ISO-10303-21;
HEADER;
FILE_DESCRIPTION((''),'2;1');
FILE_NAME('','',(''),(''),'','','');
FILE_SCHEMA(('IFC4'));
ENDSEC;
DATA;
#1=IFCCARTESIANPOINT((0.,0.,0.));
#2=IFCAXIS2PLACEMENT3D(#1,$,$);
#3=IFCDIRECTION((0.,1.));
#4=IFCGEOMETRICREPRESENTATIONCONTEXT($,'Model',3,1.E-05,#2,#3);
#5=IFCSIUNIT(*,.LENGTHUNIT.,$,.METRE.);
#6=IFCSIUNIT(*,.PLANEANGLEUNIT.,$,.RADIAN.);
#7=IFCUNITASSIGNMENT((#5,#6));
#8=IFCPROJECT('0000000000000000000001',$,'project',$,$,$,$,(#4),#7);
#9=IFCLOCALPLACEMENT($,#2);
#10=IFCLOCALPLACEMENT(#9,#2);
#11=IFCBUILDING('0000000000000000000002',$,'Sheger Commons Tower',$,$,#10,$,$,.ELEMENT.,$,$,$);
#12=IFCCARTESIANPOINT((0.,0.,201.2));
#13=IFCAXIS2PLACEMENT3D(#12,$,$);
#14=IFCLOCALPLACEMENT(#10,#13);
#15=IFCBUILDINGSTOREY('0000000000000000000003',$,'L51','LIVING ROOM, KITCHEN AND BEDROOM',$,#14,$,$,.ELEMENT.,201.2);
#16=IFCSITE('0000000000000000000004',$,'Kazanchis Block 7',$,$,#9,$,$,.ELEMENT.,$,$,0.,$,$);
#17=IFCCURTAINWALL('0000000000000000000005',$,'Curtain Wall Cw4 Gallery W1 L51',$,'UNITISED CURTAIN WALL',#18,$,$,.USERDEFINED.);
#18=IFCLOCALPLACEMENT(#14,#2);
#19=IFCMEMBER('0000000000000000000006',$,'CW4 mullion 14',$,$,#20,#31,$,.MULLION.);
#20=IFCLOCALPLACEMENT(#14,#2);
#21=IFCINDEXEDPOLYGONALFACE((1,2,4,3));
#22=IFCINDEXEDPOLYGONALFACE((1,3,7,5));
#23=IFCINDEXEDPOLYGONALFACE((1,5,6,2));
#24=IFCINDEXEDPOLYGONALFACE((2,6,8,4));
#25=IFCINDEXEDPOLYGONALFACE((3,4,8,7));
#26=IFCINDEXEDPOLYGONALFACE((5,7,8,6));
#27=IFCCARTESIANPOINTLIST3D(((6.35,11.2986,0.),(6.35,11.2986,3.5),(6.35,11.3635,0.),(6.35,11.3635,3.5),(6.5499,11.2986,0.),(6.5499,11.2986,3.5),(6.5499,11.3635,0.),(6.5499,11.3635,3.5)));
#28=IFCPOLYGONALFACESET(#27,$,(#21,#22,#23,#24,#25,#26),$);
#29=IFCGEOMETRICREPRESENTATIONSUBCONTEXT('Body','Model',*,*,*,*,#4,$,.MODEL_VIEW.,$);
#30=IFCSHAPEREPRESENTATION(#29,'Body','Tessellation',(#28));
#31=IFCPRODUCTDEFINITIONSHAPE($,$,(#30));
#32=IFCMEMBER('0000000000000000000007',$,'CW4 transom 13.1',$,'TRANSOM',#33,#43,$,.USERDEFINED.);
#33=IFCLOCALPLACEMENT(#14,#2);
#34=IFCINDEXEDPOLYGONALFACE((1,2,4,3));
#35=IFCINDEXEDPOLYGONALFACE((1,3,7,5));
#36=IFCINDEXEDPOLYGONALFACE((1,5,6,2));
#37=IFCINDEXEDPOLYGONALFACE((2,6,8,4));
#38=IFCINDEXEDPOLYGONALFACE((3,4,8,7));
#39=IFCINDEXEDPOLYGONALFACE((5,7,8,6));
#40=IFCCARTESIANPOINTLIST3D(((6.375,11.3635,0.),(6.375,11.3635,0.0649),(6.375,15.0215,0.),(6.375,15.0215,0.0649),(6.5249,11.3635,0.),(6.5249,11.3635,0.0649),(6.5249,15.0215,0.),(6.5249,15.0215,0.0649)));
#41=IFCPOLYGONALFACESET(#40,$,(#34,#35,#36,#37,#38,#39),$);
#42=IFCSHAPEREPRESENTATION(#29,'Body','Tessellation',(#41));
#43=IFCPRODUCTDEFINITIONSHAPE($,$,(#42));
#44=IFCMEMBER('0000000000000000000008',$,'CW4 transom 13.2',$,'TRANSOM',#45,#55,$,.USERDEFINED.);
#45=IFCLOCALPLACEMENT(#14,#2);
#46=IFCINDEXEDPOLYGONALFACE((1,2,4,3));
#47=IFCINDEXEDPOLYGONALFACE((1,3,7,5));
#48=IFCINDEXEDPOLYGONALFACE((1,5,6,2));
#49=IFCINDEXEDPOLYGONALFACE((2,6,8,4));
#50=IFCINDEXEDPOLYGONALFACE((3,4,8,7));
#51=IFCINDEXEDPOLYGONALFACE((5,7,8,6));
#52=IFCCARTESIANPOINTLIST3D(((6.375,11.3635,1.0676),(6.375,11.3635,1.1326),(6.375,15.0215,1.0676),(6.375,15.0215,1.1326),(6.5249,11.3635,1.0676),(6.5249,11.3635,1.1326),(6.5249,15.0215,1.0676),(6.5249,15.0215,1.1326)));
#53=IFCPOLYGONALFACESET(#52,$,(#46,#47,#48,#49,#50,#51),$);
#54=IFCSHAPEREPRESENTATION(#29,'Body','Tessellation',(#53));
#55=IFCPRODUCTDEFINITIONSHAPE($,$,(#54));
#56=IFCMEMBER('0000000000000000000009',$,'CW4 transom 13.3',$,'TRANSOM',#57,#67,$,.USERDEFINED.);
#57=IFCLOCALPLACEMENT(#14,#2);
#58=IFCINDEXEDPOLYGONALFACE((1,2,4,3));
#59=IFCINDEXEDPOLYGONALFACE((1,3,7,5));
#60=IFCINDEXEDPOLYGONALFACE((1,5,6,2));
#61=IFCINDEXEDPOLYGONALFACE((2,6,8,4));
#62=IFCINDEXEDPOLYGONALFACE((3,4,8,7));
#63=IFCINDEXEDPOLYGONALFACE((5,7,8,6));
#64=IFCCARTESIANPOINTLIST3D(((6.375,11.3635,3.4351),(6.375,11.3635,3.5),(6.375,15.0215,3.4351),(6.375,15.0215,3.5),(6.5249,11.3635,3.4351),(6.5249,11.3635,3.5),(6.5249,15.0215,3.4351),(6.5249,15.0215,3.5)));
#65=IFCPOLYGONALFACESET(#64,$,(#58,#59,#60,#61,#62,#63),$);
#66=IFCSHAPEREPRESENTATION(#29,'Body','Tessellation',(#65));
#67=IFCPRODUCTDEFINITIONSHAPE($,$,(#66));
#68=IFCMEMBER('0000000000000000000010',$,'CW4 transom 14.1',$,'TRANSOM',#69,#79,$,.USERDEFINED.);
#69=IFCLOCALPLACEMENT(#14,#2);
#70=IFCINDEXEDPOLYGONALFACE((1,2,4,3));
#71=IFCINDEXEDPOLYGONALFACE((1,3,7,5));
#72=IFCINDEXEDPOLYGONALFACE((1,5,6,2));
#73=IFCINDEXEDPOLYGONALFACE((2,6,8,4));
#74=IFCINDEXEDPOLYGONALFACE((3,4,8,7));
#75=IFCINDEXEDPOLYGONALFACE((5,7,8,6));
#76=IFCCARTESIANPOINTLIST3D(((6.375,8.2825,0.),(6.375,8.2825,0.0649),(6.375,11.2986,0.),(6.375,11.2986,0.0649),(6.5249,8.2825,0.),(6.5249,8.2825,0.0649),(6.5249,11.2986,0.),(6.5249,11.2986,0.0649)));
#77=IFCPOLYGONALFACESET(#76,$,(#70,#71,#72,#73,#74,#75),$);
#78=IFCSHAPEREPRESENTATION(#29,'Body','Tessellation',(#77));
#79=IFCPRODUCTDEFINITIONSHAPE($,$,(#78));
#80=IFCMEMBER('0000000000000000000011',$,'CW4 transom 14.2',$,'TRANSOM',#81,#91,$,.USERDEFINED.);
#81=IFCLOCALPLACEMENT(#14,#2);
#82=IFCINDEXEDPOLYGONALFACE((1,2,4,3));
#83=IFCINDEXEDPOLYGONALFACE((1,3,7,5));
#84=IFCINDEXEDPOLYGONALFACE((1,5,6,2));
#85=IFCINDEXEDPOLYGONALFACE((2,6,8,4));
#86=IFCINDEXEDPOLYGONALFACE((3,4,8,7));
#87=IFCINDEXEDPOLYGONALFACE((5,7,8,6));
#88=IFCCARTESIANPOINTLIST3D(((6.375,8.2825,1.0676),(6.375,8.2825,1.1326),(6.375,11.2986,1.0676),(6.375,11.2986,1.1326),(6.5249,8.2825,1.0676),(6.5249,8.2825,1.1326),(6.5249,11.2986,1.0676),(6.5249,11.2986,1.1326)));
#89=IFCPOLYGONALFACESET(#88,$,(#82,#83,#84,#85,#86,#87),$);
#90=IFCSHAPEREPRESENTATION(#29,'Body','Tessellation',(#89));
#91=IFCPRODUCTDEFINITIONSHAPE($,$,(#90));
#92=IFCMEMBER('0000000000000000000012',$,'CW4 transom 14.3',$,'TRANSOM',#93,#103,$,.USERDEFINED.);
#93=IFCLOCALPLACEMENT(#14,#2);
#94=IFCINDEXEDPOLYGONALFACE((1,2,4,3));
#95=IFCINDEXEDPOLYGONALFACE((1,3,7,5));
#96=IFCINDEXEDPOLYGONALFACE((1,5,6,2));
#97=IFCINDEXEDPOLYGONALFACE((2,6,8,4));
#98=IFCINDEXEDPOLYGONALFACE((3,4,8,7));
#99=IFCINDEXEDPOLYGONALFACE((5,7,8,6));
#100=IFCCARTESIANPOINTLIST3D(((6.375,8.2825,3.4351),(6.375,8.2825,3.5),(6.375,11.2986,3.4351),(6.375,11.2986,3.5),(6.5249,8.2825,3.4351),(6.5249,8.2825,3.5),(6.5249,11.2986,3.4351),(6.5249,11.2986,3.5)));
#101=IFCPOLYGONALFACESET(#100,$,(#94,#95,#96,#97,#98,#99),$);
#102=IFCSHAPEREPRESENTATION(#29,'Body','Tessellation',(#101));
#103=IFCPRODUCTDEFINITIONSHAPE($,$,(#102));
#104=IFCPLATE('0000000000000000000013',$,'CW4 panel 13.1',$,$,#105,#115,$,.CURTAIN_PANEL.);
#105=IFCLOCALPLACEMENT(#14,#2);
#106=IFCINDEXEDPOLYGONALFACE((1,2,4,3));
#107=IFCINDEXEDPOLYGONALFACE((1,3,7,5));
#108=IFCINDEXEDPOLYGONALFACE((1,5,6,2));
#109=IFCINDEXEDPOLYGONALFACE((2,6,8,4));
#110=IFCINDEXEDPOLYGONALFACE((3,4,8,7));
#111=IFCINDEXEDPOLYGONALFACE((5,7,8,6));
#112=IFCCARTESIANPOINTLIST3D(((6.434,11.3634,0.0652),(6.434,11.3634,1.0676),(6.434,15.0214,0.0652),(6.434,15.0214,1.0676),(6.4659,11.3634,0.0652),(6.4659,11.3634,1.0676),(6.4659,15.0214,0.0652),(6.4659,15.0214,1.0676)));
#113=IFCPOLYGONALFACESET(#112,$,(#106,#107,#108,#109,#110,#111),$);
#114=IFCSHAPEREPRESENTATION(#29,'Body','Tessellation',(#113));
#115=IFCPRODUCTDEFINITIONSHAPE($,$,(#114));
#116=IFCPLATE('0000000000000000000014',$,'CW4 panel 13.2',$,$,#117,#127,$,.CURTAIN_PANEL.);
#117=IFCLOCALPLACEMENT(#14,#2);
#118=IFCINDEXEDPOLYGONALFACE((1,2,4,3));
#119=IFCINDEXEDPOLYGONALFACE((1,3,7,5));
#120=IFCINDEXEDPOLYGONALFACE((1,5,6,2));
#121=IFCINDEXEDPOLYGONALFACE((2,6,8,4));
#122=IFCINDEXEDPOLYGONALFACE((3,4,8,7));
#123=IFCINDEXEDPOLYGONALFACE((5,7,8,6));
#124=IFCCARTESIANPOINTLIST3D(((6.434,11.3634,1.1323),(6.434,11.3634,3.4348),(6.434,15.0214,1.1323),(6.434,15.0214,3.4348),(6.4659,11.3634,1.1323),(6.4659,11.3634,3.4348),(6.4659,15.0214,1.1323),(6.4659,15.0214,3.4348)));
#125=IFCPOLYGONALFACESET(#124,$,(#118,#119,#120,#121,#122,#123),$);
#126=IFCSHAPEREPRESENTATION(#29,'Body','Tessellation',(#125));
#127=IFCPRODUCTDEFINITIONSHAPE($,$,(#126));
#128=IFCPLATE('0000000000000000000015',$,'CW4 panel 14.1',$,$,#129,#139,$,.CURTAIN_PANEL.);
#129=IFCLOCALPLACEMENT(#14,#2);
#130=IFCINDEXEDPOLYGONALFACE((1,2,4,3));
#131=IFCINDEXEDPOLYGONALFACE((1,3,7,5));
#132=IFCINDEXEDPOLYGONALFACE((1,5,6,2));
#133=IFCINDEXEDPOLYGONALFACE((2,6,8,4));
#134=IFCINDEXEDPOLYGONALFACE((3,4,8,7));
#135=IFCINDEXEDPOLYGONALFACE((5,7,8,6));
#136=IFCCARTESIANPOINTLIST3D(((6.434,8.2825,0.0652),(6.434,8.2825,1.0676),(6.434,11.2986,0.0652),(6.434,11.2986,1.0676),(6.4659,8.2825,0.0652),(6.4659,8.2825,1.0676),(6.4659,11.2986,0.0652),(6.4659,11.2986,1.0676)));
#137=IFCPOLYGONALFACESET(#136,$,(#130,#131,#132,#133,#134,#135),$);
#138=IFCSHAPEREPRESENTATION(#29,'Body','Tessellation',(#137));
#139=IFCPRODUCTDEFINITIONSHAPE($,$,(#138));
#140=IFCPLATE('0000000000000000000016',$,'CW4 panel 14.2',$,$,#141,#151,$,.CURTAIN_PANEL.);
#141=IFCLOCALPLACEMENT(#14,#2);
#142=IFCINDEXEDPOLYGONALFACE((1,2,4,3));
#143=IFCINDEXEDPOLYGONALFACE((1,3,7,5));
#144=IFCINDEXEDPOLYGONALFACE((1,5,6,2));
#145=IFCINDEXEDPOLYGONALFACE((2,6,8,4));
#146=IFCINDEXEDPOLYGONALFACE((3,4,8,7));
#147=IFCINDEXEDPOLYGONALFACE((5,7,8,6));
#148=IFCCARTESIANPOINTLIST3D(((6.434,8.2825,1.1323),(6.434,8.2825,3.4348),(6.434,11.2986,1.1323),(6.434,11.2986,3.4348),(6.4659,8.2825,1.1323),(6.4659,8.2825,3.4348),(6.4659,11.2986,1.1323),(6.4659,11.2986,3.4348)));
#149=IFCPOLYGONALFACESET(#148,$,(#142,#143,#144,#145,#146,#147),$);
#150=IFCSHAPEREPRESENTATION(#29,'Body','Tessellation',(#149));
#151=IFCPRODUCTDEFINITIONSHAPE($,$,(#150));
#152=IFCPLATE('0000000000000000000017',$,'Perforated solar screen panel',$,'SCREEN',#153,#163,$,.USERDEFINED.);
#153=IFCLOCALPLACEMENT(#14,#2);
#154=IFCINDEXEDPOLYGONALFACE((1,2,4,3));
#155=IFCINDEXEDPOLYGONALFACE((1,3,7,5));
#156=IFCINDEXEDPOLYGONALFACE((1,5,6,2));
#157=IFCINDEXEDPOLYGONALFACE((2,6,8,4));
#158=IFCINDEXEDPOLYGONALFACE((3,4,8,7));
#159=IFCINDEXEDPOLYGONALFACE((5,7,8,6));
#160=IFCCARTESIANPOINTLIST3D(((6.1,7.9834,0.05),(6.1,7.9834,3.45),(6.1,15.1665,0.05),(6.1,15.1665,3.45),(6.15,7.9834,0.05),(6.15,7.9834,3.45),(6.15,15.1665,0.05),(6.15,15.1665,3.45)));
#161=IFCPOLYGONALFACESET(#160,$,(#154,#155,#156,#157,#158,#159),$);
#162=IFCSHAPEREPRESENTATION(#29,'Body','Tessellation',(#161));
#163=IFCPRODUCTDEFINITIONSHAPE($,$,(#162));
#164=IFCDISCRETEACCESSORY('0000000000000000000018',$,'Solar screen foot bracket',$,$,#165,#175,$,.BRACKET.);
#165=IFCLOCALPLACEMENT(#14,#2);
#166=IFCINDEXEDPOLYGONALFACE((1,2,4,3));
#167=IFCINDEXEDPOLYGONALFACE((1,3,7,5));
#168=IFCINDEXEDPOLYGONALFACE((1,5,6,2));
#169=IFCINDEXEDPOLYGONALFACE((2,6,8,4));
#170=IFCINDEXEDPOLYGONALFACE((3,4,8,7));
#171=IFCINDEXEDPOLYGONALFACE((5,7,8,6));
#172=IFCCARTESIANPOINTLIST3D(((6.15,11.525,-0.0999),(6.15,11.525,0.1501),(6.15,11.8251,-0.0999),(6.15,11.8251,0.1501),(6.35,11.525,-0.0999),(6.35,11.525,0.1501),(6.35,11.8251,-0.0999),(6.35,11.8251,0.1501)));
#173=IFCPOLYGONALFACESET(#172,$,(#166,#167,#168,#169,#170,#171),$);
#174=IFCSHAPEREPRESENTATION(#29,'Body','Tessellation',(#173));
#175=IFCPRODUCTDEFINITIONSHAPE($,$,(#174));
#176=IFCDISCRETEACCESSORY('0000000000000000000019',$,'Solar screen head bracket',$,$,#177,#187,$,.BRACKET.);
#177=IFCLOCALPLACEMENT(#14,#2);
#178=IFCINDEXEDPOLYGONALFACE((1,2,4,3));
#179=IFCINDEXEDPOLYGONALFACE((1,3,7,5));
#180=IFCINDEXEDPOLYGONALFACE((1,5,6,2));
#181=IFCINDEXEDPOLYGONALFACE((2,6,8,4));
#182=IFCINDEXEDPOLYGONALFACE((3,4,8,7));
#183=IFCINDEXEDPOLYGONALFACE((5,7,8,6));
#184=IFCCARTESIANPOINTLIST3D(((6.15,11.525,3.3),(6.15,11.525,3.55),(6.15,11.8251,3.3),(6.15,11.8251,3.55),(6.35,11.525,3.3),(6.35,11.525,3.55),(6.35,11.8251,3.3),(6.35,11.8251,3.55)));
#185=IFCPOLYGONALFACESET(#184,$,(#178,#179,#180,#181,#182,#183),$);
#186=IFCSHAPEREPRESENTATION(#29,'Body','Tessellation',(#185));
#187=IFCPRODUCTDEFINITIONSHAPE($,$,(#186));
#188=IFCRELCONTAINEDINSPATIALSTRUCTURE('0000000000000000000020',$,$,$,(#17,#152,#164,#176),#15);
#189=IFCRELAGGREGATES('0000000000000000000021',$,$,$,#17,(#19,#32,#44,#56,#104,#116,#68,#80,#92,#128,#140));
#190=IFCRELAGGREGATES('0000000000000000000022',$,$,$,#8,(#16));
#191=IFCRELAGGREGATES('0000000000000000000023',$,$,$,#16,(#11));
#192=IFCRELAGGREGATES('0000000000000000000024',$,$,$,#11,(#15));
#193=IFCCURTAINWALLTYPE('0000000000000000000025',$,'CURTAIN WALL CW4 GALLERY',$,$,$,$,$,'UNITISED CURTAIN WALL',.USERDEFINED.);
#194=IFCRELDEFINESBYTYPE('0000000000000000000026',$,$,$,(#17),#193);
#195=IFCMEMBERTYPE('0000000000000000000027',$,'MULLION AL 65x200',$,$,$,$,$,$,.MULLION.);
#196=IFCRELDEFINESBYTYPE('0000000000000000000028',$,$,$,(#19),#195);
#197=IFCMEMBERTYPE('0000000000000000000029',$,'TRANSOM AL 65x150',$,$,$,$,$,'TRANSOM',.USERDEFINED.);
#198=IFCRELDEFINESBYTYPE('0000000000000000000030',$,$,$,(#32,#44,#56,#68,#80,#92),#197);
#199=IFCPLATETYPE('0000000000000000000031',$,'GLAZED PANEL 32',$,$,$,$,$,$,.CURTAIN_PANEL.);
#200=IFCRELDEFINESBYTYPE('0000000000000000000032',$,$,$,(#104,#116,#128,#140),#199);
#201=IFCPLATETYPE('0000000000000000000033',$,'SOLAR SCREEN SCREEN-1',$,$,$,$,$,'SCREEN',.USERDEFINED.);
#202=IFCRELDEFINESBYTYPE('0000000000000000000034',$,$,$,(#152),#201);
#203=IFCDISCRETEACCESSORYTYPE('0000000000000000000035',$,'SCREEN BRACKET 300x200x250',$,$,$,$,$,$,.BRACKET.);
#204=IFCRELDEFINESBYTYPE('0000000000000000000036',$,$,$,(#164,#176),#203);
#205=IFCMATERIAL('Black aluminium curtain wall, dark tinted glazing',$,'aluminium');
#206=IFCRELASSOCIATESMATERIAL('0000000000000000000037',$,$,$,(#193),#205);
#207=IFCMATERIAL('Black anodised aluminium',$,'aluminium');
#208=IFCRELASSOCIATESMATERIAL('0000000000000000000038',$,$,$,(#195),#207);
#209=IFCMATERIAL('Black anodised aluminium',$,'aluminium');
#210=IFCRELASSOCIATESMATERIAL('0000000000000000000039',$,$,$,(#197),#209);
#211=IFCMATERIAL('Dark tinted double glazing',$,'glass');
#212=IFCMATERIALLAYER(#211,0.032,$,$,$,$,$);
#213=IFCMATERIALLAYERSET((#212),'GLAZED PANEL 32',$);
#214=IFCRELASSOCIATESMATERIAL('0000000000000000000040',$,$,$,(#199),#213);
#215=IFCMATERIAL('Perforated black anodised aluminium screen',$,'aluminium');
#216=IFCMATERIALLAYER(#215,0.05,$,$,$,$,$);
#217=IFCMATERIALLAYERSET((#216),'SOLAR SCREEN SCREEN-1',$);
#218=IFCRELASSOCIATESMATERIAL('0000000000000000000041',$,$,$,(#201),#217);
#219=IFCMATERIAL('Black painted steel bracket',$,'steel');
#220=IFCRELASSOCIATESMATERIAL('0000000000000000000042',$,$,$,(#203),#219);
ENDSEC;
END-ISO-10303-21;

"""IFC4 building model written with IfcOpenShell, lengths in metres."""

from ifc_helpers import new_model, si_unit, direction, frame, origin, origin_2d, place, context, subcontext, project, spatial, rectangle, extrude, material, layer, layer_set, material_profile, profile_set, type_object, element, aggregate, save


model = new_model("IFC4")

# Units and contexts
model_context = context("Model", 3, precision=1e-05, world=origin(), true_north=direction((0.0, 1.0)))
body_context = subcontext(model_context, "Body", "Model", "MODEL_VIEW")
ifc_project = project(units=[si_unit("LENGTHUNIT", "METRE"), si_unit("PLANEANGLEUNIT", "RADIAN")], contexts=[model_context])

# Site, building, storey
site_placement = place(None, origin())
site = spatial("IfcSite", under=ifc_project, at=site_placement, Name="Kazanchis Block 7", CompositionType="ELEMENT", RefElevation=0.0)
building_placement = place(site_placement, origin())
building = spatial("IfcBuilding", under=site, at=building_placement, Name="Sheger Commons Tower", CompositionType="ELEMENT")
storey_placement = place(building_placement, frame((0.0, 0.0, 201.2)))
storey = spatial("IfcBuildingStorey", under=building, at=storey_placement, Name="L51", Description="LIVING ROOM, KITCHEN AND BEDROOM", CompositionType="ELEMENT", Elevation=201.2)

# Curtain wall, members, plates
ifc_material_1 = material(Name="Black aluminium curtain wall, dark tinted glazing", Category="aluminium")
curtain_wall_type = type_object("IfcCurtainWallType", Name="CURTAIN WALL CW4 GALLERY", ElementType="UNITISED CURTAIN WALL", PredefinedType="USERDEFINED", material=ifc_material_1)
curtain_wall_placement = place(storey_placement, origin())
curtain_wall = element("IfcCurtainWall", 1, at=curtain_wall_placement, inside=storey, type_object=curtain_wall_type, Name="Curtain Wall Cw4 Gallery W1 L51", ObjectType="UNITISED CURTAIN WALL", PredefinedType="USERDEFINED")
ifc_material_2 = material(Name="Black anodised aluminium", Category="aluminium")
ifc_material_profile_1 = material_profile(ifc_material_2, rectangle(XDim=0.2, YDim=0.0649, at=origin_2d()), Name="AL 65x200")
ifc_profile_set_1 = profile_set([ifc_material_profile_1], Name="Black anodised aluminium")
member_type_1 = type_object("IfcMemberType", Name="MULLION AL 65x200", PredefinedType="MULLION", material=ifc_profile_set_1)
member_1_placement = place(storey_placement, frame((6.45, 11.3311, 0.0), z_axis=(0.0, 0.0, 1.0), x_axis=(1.0, 0.0, 0.0)))
member_1 = element("IfcMember", 2, at=member_1_placement, type_object=member_type_1, Name="CW4 mullion 14", PredefinedType="MULLION", context=body_context, shape_type="SweptSolid", body=[
    extrude(rectangle(XDim=0.2, YDim=0.0649, at=origin_2d()), origin(), (0.0, 0.0, 1.0), 3.5),
])
ifc_material_3 = material(Name="Black anodised aluminium", Category="aluminium")
ifc_material_profile_2 = material_profile(ifc_material_3, rectangle(XDim=0.1499, YDim=0.0649, at=origin_2d()), Name="AL 65x150")
ifc_profile_set_2 = profile_set([ifc_material_profile_2], Name="Black anodised aluminium")
member_type_2 = type_object("IfcMemberType", Name="TRANSOM AL 65x150", ElementType="TRANSOM", PredefinedType="USERDEFINED", material=ifc_profile_set_2)
member_2_placement = place(storey_placement, frame((6.45, 15.0215, 0.0325), z_axis=(0.0, -1.0, 0.0), x_axis=(1.0, 0.0, 0.0)))
member_2 = element("IfcMember", 3, at=member_2_placement, type_object=member_type_2, Name="CW4 transom 13.1", ObjectType="TRANSOM", PredefinedType="USERDEFINED", context=body_context, shape_type="SweptSolid", body=[
    extrude(rectangle(XDim=0.1499, YDim=0.0649, at=origin_2d()), origin(), (0.0, 0.0, 1.0), 3.658),
])
member_3_placement = place(storey_placement, frame((6.45, 15.0215, 1.1001), z_axis=(0.0, -1.0, 0.0), x_axis=(1.0, 0.0, 0.0)))
member_3 = element("IfcMember", 4, at=member_3_placement, type_object=member_type_2, Name="CW4 transom 13.2", ObjectType="TRANSOM", PredefinedType="USERDEFINED", context=body_context, shape_type="SweptSolid", body=[
    extrude(rectangle(XDim=0.1499, YDim=0.0649, at=origin_2d()), origin(), (0.0, 0.0, 1.0), 3.658),
])
member_4_placement = place(storey_placement, frame((6.45, 15.0215, 3.4675), z_axis=(0.0, -1.0, 0.0), x_axis=(1.0, 0.0, 0.0)))
member_4 = element("IfcMember", 5, at=member_4_placement, type_object=member_type_2, Name="CW4 transom 13.3", ObjectType="TRANSOM", PredefinedType="USERDEFINED", context=body_context, shape_type="SweptSolid", body=[
    extrude(rectangle(XDim=0.1499, YDim=0.0649, at=origin_2d()), origin(), (0.0, 0.0, 1.0), 3.658),
])
member_5_placement = place(storey_placement, frame((6.45, 11.2986, 0.0325), z_axis=(0.0, -1.0, 0.0), x_axis=(1.0, 0.0, 0.0)))
member_5 = element("IfcMember", 6, at=member_5_placement, type_object=member_type_2, Name="CW4 transom 14.1", ObjectType="TRANSOM", PredefinedType="USERDEFINED", context=body_context, shape_type="SweptSolid", body=[
    extrude(rectangle(XDim=0.1499, YDim=0.0649, at=origin_2d()), origin(), (0.0, 0.0, 1.0), 3.0161),
])
member_6_placement = place(storey_placement, frame((6.45, 11.2986, 1.1001), z_axis=(0.0, -1.0, 0.0), x_axis=(1.0, 0.0, 0.0)))
member_6 = element("IfcMember", 7, at=member_6_placement, type_object=member_type_2, Name="CW4 transom 14.2", ObjectType="TRANSOM", PredefinedType="USERDEFINED", context=body_context, shape_type="SweptSolid", body=[
    extrude(rectangle(XDim=0.1499, YDim=0.0649, at=origin_2d()), origin(), (0.0, 0.0, 1.0), 3.0161),
])
member_7_placement = place(storey_placement, frame((6.45, 11.2986, 3.4675), z_axis=(0.0, -1.0, 0.0), x_axis=(1.0, 0.0, 0.0)))
member_7 = element("IfcMember", 8, at=member_7_placement, type_object=member_type_2, Name="CW4 transom 14.3", ObjectType="TRANSOM", PredefinedType="USERDEFINED", context=body_context, shape_type="SweptSolid", body=[
    extrude(rectangle(XDim=0.1499, YDim=0.0649, at=origin_2d()), origin(), (0.0, 0.0, 1.0), 3.0161),
])
ifc_material_4 = material(Name="Dark tinted double glazing", Category="glass")
ifc_layer_1 = layer(ifc_material_4, 0.032)
ifc_layer_set_1 = layer_set([ifc_layer_1], Name="GLAZED PANEL 32")
plate_type_1 = type_object("IfcPlateType", Name="GLAZED PANEL 32", PredefinedType="CURTAIN_PANEL", material=ifc_layer_set_1)
plate_1_placement = place(storey_placement, frame((6.45, 13.1924, 0.0652), z_axis=(0.0, 0.0, 1.0), x_axis=(0.0, -1.0, 0.0)))
plate_1 = element("IfcPlate", 9, at=plate_1_placement, type_object=plate_type_1, Name="CW4 panel 13.1", PredefinedType="CURTAIN_PANEL", context=body_context, shape_type="SweptSolid", body=[
    extrude(rectangle(XDim=3.658, YDim=0.032, at=origin_2d()), origin(), (0.0, 0.0, 1.0), 1.0024),
])
plate_2_placement = place(storey_placement, frame((6.45, 13.1924, 1.1323), z_axis=(0.0, 0.0, 1.0), x_axis=(0.0, -1.0, 0.0)))
plate_2 = element("IfcPlate", 10, at=plate_2_placement, type_object=plate_type_1, Name="CW4 panel 13.2", PredefinedType="CURTAIN_PANEL", context=body_context, shape_type="SweptSolid", body=[
    extrude(rectangle(XDim=3.658, YDim=0.032, at=origin_2d()), origin(), (0.0, 0.0, 1.0), 2.3025),
])
plate_3_placement = place(storey_placement, frame((6.45, 9.7905, 0.0652), z_axis=(0.0, 0.0, 1.0), x_axis=(0.0, -1.0, 0.0)))
plate_3 = element("IfcPlate", 11, at=plate_3_placement, type_object=plate_type_1, Name="CW4 panel 14.1", PredefinedType="CURTAIN_PANEL", context=body_context, shape_type="SweptSolid", body=[
    extrude(rectangle(XDim=3.0161, YDim=0.032, at=origin_2d()), origin(), (0.0, 0.0, 1.0), 1.0024),
])
plate_4_placement = place(storey_placement, frame((6.45, 9.7905, 1.1323), z_axis=(0.0, 0.0, 1.0), x_axis=(0.0, -1.0, 0.0)))
plate_4 = element("IfcPlate", 12, at=plate_4_placement, type_object=plate_type_1, Name="CW4 panel 14.2", PredefinedType="CURTAIN_PANEL", context=body_context, shape_type="SweptSolid", body=[
    extrude(rectangle(XDim=3.0161, YDim=0.032, at=origin_2d()), origin(), (0.0, 0.0, 1.0), 2.3025),
])
aggregate(curtain_wall, [member_1, member_2, member_3, member_4, plate_1, plate_2, member_5, member_6, member_7, plate_3, plate_4])

# Plate
ifc_material_5 = material(Name="Perforated black anodised aluminium screen", Category="aluminium")
ifc_layer_2 = layer(ifc_material_5, 0.05)
ifc_layer_set_2 = layer_set([ifc_layer_2], Name="SOLAR SCREEN SCREEN-1")
plate_type_2 = type_object("IfcPlateType", Name="SOLAR SCREEN SCREEN-1", ElementType="SCREEN", PredefinedType="USERDEFINED", material=ifc_layer_set_2)
plate_5_placement = place(storey_placement, frame((6.125, 11.575, 0.05), z_axis=(0.0, 0.0, 1.0), x_axis=(0.0, -1.0, 0.0)))
element("IfcPlate", 13, at=plate_5_placement, inside=storey, type_object=plate_type_2, Name="Perforated solar screen panel", ObjectType="SCREEN", PredefinedType="USERDEFINED", context=body_context, shape_type="SweptSolid", body=[
    extrude(rectangle(XDim=7.1831, YDim=0.05, at=origin_2d()), origin(), (0.0, 0.0, 1.0), 3.3999),
])

# Discrete accessories
ifc_material_6 = material(Name="Black painted steel bracket", Category="steel")
discrete_accessory_type = type_object("IfcDiscreteAccessoryType", Name="SCREEN BRACKET 300x200x250", PredefinedType="BRACKET", material=ifc_material_6)
for number, where, z_axis, x_axis, name in (
    (14, (6.25, 11.675, -0.0999), (0.0, 0.0, 1.0), (0.0, -1.0, 0.0), "Solar screen foot bracket"),
    (15, (6.25, 11.675, 3.3), (0.0, 0.0, 1.0), (0.0, -1.0, 0.0), "Solar screen head bracket"),
):
    element("IfcDiscreteAccessory", number, at=place(storey_placement, frame(where, z_axis=z_axis, x_axis=x_axis)), inside=storey, type_object=discrete_accessory_type, Name=name, PredefinedType="BRACKET", context=body_context, shape_type="SweptSolid", body=[
        extrude(rectangle(XDim=0.3, YDim=0.2, at=origin_2d()), origin(), (0.0, 0.0, 1.0), 0.25),
    ])

save(model, "model.ifc")
